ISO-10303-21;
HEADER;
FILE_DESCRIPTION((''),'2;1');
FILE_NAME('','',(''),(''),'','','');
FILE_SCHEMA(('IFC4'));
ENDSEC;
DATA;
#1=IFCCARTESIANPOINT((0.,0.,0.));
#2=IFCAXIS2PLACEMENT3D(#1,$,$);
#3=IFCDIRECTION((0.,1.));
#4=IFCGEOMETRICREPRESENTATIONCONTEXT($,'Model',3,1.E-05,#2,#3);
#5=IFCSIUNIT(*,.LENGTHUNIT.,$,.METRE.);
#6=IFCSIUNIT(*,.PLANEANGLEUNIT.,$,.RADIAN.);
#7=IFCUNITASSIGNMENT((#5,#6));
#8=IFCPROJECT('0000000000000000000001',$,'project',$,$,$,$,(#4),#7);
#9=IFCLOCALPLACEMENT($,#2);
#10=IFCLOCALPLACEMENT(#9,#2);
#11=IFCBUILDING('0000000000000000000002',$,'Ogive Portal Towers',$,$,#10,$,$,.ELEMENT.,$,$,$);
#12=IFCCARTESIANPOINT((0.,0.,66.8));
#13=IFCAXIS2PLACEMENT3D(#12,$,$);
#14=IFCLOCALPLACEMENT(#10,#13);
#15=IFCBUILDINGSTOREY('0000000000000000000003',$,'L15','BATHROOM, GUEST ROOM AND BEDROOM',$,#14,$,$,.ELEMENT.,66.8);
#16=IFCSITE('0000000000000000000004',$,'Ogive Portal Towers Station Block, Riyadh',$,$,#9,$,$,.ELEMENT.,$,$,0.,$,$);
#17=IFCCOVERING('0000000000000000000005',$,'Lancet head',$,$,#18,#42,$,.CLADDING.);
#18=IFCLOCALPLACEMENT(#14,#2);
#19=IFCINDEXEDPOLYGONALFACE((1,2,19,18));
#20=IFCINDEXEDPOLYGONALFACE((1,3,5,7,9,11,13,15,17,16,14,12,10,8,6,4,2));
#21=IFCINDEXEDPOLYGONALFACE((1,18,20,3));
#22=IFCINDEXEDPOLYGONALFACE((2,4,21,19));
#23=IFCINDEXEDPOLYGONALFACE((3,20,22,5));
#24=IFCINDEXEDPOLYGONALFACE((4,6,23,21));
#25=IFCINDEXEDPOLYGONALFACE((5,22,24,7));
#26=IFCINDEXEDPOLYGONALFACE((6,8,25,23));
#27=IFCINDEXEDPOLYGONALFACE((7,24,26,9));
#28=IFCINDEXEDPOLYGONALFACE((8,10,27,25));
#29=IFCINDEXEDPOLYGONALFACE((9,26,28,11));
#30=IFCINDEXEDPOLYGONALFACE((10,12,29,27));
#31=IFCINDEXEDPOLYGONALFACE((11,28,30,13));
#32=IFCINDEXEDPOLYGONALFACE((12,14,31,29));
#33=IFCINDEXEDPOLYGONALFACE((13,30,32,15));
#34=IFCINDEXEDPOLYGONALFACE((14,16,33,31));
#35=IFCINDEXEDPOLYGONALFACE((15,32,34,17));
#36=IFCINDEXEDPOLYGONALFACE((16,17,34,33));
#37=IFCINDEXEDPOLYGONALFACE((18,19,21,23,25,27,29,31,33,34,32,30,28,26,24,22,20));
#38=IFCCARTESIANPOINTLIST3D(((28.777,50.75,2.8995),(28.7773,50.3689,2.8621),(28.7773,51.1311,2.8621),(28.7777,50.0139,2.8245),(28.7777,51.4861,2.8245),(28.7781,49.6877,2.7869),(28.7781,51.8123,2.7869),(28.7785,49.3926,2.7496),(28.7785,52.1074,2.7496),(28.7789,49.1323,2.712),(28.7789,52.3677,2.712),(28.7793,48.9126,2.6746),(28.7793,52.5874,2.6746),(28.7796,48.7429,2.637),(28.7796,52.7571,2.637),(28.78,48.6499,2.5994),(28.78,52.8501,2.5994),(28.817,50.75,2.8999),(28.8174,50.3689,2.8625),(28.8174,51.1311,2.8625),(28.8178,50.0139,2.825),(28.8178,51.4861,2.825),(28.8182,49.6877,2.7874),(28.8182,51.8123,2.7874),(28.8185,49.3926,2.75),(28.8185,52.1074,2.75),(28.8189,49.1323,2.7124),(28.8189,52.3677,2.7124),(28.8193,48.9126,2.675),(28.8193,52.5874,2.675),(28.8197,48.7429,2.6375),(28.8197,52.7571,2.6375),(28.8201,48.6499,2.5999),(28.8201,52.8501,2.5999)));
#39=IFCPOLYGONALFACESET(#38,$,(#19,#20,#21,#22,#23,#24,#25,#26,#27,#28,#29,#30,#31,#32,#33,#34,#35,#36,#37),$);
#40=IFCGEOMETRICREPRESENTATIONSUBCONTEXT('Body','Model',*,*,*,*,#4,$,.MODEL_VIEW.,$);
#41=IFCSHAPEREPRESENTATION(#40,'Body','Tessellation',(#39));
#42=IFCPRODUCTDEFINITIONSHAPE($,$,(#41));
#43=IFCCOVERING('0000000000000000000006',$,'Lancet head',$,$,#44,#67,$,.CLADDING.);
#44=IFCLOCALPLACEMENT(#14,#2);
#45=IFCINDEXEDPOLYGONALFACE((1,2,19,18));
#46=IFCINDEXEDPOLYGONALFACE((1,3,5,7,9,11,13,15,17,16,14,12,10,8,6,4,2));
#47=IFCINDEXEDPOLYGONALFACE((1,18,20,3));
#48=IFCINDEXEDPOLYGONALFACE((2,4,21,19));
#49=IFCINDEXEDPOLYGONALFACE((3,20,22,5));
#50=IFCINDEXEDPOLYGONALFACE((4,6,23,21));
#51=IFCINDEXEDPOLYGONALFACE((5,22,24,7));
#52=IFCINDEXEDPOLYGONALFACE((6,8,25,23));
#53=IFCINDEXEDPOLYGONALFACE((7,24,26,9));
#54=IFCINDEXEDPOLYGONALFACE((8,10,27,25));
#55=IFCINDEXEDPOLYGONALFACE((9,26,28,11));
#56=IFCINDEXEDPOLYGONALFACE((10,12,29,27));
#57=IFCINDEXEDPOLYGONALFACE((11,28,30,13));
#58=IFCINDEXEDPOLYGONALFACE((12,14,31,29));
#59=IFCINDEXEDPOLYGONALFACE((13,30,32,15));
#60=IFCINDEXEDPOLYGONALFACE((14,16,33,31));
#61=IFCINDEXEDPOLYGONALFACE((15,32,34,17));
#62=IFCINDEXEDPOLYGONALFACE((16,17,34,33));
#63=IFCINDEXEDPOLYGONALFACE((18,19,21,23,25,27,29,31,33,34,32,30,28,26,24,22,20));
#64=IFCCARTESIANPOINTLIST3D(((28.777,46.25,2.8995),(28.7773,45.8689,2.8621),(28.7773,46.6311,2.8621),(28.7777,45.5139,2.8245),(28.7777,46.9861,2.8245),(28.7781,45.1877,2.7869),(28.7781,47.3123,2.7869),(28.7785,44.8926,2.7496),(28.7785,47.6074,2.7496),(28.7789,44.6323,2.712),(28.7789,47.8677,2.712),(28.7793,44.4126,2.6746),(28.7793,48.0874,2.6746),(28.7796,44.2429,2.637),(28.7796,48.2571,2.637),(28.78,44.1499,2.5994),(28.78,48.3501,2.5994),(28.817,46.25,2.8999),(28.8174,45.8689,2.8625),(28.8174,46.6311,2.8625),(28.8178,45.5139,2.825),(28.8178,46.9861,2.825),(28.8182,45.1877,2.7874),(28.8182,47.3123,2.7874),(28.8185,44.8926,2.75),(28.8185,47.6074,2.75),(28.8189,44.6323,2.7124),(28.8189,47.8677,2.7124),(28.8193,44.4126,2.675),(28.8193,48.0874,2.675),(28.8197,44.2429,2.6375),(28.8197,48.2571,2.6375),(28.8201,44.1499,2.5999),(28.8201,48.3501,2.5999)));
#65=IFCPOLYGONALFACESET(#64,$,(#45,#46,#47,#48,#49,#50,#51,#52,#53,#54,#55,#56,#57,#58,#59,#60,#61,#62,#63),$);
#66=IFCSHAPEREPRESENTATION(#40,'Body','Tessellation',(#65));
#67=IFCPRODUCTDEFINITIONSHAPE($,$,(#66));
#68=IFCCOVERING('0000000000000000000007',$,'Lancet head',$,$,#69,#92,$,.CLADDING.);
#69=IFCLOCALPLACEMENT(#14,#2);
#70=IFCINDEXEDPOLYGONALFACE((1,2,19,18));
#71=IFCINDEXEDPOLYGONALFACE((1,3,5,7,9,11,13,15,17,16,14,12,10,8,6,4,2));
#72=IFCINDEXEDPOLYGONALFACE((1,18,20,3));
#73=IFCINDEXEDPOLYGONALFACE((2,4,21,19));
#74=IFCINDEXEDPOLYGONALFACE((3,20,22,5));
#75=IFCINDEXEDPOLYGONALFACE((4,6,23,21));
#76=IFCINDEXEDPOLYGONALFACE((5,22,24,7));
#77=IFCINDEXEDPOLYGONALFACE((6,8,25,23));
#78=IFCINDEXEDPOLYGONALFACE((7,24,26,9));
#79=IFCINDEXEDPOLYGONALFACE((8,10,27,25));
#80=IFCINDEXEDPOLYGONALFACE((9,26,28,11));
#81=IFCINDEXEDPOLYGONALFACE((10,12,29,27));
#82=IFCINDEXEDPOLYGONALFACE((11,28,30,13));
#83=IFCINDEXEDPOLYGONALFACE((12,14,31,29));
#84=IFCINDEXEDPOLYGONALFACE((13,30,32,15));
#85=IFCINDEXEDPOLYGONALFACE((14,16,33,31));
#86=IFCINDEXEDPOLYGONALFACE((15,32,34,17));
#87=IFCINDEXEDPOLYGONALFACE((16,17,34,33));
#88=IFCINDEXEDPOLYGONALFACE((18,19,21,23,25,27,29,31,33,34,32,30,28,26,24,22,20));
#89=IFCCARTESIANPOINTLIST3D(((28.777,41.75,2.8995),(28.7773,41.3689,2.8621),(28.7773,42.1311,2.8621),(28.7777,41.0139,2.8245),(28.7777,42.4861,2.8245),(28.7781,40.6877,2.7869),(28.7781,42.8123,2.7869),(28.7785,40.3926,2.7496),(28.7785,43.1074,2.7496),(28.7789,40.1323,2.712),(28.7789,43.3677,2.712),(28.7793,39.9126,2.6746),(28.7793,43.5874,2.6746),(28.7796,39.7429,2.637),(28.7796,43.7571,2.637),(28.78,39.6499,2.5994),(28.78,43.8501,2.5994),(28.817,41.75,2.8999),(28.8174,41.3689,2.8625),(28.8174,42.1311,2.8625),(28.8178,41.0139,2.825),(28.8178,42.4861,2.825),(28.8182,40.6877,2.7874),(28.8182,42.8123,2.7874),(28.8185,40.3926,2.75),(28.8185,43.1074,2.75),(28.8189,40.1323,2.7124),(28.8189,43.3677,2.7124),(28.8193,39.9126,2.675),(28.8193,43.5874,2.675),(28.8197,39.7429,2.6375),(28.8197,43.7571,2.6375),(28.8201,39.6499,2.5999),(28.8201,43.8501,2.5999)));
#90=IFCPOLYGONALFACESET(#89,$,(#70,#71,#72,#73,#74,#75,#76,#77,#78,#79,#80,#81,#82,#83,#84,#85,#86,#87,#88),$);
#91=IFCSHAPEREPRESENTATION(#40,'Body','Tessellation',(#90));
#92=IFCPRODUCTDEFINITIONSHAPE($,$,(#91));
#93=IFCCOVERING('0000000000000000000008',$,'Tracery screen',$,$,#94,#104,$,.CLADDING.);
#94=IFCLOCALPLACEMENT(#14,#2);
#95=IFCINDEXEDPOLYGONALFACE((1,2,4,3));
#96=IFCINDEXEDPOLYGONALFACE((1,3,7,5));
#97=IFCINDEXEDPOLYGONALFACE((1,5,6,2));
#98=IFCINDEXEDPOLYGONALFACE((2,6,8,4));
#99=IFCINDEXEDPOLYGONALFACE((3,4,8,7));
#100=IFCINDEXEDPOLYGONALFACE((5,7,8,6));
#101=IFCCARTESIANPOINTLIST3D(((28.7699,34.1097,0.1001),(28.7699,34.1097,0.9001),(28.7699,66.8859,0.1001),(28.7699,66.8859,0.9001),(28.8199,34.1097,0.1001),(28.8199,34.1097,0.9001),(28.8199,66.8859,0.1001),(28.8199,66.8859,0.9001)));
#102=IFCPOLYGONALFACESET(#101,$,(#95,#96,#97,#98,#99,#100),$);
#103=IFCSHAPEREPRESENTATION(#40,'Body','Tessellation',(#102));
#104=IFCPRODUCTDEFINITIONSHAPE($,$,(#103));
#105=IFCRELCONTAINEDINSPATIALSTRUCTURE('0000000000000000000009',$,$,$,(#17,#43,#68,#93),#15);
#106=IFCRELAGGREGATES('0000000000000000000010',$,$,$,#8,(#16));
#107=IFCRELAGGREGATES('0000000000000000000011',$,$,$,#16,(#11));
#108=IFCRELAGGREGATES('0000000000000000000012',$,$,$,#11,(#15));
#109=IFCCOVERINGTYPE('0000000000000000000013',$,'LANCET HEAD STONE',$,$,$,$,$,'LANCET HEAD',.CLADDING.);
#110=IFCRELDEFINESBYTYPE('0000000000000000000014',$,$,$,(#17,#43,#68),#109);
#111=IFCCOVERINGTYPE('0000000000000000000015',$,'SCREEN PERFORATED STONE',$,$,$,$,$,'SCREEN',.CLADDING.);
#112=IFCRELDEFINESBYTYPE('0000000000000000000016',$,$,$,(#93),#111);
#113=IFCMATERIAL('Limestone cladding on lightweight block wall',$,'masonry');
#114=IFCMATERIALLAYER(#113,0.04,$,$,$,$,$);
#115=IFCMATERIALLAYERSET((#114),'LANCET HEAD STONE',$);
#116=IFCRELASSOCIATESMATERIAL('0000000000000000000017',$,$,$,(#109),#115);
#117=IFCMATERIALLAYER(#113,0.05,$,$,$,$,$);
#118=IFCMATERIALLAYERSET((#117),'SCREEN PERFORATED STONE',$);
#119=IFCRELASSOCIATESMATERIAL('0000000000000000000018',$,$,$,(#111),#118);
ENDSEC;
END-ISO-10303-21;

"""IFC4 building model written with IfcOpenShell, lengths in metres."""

from ifc_helpers import new_model, si_unit, direction, frame, origin, origin_2d, place, context, subcontext, project, spatial, polyline, rectangle, outline, extrude, material, layer, layer_set, type_object, element, save


model = new_model("IFC4")

# Units and contexts
model_context = context("Model", 3, precision=1e-05, world=origin(), true_north=direction((0.0, 1.0)))
body_context = subcontext(model_context, "Body", "Model", "MODEL_VIEW")
ifc_project = project(units=[si_unit("LENGTHUNIT", "METRE"), si_unit("PLANEANGLEUNIT", "RADIAN")], contexts=[model_context])

# Site, building, storey
site_placement = place(None, origin())
site = spatial("IfcSite", under=ifc_project, at=site_placement, Name="Ogive Portal Towers Station Block, Riyadh", CompositionType="ELEMENT", RefElevation=0.0)
building_placement = place(site_placement, origin())
building = spatial("IfcBuilding", under=site, at=building_placement, Name="Ogive Portal Towers", CompositionType="ELEMENT")
storey_placement = place(building_placement, frame((0.0, 0.0, 66.8)))
storey = spatial("IfcBuildingStorey", under=building, at=storey_placement, Name="L15", Description="BATHROOM, GUEST ROOM AND BEDROOM", CompositionType="ELEMENT", Elevation=66.8)

# Coverings
ifc_material_1 = material(Name="Limestone cladding on lightweight block wall", Category="masonry")
ifc_layer_1 = layer(ifc_material_1, 0.04)
ifc_layer_set_1 = layer_set([ifc_layer_1], Name="LANCET HEAD STONE")
covering_type_1 = type_object("IfcCoveringType", Name="LANCET HEAD STONE", ElementType="LANCET HEAD", PredefinedType="CLADDING", material=ifc_layer_set_1)
for number, where, z_axis, x_axis, name in (
    (1, (28.8201, 52.8501, 2.5999), (0.999948, 0.0, 0.010223), (0.0, -1.0, 0.0), "Lancet head"),
    (2, (28.8201, 48.3501, 2.5999), (0.999948, 0.0, 0.010223), (0.0, -1.0, 0.0), "Lancet head"),
    (3, (28.8201, 43.8501, 2.5999), (0.999948, 0.0, 0.010223), (0.0, -1.0, 0.0), "Lancet head"),
):
    element("IfcCovering", number, at=place(storey_placement, frame(where, z_axis=z_axis, x_axis=x_axis)), inside=storey, type_object=covering_type_1, Name=name, PredefinedType="CLADDING", context=body_context, shape_type="SweptSolid", body=[
        extrude(outline(polyline([(0.0, 0.0), (4.2002, 0.0), (4.1072, -0.0376), (3.9375, -0.0752), (3.7178, -0.1126), (3.4575, -0.1502), (3.1624, -0.1875), (2.8362, -0.2251), (2.4812, -0.2627), (2.1001, -0.3001), (1.719, -0.2627), (1.364, -0.2251), (1.0378, -0.1875), (0.7427, -0.1502), (0.4824, -0.1126), (0.2627, -0.0752), (0.093, -0.0376), (0.0, 0.0)])), origin(), (0.0, 0.0, -1.0), 0.04),
    ])
ifc_layer_2 = layer(ifc_material_1, 0.05)
ifc_layer_set_2 = layer_set([ifc_layer_2], Name="SCREEN PERFORATED STONE")
covering_type_2 = type_object("IfcCoveringType", Name="SCREEN PERFORATED STONE", ElementType="SCREEN", PredefinedType="CLADDING", material=ifc_layer_set_2)
covering_placement = place(storey_placement, frame((28.7949, 50.4978, 0.1001), z_axis=(0.0, 0.0, 1.0), x_axis=(0.0, -1.0, 0.0)))
element("IfcCovering", 4, at=covering_placement, inside=storey, type_object=covering_type_2, Name="Tracery screen", PredefinedType="CLADDING", context=body_context, shape_type="SweptSolid", body=[
    extrude(rectangle(XDim=32.7761, YDim=0.05, at=origin_2d()), origin(), (0.0, 0.0, 1.0), 0.8),
])

save(model, "model.ifc")
